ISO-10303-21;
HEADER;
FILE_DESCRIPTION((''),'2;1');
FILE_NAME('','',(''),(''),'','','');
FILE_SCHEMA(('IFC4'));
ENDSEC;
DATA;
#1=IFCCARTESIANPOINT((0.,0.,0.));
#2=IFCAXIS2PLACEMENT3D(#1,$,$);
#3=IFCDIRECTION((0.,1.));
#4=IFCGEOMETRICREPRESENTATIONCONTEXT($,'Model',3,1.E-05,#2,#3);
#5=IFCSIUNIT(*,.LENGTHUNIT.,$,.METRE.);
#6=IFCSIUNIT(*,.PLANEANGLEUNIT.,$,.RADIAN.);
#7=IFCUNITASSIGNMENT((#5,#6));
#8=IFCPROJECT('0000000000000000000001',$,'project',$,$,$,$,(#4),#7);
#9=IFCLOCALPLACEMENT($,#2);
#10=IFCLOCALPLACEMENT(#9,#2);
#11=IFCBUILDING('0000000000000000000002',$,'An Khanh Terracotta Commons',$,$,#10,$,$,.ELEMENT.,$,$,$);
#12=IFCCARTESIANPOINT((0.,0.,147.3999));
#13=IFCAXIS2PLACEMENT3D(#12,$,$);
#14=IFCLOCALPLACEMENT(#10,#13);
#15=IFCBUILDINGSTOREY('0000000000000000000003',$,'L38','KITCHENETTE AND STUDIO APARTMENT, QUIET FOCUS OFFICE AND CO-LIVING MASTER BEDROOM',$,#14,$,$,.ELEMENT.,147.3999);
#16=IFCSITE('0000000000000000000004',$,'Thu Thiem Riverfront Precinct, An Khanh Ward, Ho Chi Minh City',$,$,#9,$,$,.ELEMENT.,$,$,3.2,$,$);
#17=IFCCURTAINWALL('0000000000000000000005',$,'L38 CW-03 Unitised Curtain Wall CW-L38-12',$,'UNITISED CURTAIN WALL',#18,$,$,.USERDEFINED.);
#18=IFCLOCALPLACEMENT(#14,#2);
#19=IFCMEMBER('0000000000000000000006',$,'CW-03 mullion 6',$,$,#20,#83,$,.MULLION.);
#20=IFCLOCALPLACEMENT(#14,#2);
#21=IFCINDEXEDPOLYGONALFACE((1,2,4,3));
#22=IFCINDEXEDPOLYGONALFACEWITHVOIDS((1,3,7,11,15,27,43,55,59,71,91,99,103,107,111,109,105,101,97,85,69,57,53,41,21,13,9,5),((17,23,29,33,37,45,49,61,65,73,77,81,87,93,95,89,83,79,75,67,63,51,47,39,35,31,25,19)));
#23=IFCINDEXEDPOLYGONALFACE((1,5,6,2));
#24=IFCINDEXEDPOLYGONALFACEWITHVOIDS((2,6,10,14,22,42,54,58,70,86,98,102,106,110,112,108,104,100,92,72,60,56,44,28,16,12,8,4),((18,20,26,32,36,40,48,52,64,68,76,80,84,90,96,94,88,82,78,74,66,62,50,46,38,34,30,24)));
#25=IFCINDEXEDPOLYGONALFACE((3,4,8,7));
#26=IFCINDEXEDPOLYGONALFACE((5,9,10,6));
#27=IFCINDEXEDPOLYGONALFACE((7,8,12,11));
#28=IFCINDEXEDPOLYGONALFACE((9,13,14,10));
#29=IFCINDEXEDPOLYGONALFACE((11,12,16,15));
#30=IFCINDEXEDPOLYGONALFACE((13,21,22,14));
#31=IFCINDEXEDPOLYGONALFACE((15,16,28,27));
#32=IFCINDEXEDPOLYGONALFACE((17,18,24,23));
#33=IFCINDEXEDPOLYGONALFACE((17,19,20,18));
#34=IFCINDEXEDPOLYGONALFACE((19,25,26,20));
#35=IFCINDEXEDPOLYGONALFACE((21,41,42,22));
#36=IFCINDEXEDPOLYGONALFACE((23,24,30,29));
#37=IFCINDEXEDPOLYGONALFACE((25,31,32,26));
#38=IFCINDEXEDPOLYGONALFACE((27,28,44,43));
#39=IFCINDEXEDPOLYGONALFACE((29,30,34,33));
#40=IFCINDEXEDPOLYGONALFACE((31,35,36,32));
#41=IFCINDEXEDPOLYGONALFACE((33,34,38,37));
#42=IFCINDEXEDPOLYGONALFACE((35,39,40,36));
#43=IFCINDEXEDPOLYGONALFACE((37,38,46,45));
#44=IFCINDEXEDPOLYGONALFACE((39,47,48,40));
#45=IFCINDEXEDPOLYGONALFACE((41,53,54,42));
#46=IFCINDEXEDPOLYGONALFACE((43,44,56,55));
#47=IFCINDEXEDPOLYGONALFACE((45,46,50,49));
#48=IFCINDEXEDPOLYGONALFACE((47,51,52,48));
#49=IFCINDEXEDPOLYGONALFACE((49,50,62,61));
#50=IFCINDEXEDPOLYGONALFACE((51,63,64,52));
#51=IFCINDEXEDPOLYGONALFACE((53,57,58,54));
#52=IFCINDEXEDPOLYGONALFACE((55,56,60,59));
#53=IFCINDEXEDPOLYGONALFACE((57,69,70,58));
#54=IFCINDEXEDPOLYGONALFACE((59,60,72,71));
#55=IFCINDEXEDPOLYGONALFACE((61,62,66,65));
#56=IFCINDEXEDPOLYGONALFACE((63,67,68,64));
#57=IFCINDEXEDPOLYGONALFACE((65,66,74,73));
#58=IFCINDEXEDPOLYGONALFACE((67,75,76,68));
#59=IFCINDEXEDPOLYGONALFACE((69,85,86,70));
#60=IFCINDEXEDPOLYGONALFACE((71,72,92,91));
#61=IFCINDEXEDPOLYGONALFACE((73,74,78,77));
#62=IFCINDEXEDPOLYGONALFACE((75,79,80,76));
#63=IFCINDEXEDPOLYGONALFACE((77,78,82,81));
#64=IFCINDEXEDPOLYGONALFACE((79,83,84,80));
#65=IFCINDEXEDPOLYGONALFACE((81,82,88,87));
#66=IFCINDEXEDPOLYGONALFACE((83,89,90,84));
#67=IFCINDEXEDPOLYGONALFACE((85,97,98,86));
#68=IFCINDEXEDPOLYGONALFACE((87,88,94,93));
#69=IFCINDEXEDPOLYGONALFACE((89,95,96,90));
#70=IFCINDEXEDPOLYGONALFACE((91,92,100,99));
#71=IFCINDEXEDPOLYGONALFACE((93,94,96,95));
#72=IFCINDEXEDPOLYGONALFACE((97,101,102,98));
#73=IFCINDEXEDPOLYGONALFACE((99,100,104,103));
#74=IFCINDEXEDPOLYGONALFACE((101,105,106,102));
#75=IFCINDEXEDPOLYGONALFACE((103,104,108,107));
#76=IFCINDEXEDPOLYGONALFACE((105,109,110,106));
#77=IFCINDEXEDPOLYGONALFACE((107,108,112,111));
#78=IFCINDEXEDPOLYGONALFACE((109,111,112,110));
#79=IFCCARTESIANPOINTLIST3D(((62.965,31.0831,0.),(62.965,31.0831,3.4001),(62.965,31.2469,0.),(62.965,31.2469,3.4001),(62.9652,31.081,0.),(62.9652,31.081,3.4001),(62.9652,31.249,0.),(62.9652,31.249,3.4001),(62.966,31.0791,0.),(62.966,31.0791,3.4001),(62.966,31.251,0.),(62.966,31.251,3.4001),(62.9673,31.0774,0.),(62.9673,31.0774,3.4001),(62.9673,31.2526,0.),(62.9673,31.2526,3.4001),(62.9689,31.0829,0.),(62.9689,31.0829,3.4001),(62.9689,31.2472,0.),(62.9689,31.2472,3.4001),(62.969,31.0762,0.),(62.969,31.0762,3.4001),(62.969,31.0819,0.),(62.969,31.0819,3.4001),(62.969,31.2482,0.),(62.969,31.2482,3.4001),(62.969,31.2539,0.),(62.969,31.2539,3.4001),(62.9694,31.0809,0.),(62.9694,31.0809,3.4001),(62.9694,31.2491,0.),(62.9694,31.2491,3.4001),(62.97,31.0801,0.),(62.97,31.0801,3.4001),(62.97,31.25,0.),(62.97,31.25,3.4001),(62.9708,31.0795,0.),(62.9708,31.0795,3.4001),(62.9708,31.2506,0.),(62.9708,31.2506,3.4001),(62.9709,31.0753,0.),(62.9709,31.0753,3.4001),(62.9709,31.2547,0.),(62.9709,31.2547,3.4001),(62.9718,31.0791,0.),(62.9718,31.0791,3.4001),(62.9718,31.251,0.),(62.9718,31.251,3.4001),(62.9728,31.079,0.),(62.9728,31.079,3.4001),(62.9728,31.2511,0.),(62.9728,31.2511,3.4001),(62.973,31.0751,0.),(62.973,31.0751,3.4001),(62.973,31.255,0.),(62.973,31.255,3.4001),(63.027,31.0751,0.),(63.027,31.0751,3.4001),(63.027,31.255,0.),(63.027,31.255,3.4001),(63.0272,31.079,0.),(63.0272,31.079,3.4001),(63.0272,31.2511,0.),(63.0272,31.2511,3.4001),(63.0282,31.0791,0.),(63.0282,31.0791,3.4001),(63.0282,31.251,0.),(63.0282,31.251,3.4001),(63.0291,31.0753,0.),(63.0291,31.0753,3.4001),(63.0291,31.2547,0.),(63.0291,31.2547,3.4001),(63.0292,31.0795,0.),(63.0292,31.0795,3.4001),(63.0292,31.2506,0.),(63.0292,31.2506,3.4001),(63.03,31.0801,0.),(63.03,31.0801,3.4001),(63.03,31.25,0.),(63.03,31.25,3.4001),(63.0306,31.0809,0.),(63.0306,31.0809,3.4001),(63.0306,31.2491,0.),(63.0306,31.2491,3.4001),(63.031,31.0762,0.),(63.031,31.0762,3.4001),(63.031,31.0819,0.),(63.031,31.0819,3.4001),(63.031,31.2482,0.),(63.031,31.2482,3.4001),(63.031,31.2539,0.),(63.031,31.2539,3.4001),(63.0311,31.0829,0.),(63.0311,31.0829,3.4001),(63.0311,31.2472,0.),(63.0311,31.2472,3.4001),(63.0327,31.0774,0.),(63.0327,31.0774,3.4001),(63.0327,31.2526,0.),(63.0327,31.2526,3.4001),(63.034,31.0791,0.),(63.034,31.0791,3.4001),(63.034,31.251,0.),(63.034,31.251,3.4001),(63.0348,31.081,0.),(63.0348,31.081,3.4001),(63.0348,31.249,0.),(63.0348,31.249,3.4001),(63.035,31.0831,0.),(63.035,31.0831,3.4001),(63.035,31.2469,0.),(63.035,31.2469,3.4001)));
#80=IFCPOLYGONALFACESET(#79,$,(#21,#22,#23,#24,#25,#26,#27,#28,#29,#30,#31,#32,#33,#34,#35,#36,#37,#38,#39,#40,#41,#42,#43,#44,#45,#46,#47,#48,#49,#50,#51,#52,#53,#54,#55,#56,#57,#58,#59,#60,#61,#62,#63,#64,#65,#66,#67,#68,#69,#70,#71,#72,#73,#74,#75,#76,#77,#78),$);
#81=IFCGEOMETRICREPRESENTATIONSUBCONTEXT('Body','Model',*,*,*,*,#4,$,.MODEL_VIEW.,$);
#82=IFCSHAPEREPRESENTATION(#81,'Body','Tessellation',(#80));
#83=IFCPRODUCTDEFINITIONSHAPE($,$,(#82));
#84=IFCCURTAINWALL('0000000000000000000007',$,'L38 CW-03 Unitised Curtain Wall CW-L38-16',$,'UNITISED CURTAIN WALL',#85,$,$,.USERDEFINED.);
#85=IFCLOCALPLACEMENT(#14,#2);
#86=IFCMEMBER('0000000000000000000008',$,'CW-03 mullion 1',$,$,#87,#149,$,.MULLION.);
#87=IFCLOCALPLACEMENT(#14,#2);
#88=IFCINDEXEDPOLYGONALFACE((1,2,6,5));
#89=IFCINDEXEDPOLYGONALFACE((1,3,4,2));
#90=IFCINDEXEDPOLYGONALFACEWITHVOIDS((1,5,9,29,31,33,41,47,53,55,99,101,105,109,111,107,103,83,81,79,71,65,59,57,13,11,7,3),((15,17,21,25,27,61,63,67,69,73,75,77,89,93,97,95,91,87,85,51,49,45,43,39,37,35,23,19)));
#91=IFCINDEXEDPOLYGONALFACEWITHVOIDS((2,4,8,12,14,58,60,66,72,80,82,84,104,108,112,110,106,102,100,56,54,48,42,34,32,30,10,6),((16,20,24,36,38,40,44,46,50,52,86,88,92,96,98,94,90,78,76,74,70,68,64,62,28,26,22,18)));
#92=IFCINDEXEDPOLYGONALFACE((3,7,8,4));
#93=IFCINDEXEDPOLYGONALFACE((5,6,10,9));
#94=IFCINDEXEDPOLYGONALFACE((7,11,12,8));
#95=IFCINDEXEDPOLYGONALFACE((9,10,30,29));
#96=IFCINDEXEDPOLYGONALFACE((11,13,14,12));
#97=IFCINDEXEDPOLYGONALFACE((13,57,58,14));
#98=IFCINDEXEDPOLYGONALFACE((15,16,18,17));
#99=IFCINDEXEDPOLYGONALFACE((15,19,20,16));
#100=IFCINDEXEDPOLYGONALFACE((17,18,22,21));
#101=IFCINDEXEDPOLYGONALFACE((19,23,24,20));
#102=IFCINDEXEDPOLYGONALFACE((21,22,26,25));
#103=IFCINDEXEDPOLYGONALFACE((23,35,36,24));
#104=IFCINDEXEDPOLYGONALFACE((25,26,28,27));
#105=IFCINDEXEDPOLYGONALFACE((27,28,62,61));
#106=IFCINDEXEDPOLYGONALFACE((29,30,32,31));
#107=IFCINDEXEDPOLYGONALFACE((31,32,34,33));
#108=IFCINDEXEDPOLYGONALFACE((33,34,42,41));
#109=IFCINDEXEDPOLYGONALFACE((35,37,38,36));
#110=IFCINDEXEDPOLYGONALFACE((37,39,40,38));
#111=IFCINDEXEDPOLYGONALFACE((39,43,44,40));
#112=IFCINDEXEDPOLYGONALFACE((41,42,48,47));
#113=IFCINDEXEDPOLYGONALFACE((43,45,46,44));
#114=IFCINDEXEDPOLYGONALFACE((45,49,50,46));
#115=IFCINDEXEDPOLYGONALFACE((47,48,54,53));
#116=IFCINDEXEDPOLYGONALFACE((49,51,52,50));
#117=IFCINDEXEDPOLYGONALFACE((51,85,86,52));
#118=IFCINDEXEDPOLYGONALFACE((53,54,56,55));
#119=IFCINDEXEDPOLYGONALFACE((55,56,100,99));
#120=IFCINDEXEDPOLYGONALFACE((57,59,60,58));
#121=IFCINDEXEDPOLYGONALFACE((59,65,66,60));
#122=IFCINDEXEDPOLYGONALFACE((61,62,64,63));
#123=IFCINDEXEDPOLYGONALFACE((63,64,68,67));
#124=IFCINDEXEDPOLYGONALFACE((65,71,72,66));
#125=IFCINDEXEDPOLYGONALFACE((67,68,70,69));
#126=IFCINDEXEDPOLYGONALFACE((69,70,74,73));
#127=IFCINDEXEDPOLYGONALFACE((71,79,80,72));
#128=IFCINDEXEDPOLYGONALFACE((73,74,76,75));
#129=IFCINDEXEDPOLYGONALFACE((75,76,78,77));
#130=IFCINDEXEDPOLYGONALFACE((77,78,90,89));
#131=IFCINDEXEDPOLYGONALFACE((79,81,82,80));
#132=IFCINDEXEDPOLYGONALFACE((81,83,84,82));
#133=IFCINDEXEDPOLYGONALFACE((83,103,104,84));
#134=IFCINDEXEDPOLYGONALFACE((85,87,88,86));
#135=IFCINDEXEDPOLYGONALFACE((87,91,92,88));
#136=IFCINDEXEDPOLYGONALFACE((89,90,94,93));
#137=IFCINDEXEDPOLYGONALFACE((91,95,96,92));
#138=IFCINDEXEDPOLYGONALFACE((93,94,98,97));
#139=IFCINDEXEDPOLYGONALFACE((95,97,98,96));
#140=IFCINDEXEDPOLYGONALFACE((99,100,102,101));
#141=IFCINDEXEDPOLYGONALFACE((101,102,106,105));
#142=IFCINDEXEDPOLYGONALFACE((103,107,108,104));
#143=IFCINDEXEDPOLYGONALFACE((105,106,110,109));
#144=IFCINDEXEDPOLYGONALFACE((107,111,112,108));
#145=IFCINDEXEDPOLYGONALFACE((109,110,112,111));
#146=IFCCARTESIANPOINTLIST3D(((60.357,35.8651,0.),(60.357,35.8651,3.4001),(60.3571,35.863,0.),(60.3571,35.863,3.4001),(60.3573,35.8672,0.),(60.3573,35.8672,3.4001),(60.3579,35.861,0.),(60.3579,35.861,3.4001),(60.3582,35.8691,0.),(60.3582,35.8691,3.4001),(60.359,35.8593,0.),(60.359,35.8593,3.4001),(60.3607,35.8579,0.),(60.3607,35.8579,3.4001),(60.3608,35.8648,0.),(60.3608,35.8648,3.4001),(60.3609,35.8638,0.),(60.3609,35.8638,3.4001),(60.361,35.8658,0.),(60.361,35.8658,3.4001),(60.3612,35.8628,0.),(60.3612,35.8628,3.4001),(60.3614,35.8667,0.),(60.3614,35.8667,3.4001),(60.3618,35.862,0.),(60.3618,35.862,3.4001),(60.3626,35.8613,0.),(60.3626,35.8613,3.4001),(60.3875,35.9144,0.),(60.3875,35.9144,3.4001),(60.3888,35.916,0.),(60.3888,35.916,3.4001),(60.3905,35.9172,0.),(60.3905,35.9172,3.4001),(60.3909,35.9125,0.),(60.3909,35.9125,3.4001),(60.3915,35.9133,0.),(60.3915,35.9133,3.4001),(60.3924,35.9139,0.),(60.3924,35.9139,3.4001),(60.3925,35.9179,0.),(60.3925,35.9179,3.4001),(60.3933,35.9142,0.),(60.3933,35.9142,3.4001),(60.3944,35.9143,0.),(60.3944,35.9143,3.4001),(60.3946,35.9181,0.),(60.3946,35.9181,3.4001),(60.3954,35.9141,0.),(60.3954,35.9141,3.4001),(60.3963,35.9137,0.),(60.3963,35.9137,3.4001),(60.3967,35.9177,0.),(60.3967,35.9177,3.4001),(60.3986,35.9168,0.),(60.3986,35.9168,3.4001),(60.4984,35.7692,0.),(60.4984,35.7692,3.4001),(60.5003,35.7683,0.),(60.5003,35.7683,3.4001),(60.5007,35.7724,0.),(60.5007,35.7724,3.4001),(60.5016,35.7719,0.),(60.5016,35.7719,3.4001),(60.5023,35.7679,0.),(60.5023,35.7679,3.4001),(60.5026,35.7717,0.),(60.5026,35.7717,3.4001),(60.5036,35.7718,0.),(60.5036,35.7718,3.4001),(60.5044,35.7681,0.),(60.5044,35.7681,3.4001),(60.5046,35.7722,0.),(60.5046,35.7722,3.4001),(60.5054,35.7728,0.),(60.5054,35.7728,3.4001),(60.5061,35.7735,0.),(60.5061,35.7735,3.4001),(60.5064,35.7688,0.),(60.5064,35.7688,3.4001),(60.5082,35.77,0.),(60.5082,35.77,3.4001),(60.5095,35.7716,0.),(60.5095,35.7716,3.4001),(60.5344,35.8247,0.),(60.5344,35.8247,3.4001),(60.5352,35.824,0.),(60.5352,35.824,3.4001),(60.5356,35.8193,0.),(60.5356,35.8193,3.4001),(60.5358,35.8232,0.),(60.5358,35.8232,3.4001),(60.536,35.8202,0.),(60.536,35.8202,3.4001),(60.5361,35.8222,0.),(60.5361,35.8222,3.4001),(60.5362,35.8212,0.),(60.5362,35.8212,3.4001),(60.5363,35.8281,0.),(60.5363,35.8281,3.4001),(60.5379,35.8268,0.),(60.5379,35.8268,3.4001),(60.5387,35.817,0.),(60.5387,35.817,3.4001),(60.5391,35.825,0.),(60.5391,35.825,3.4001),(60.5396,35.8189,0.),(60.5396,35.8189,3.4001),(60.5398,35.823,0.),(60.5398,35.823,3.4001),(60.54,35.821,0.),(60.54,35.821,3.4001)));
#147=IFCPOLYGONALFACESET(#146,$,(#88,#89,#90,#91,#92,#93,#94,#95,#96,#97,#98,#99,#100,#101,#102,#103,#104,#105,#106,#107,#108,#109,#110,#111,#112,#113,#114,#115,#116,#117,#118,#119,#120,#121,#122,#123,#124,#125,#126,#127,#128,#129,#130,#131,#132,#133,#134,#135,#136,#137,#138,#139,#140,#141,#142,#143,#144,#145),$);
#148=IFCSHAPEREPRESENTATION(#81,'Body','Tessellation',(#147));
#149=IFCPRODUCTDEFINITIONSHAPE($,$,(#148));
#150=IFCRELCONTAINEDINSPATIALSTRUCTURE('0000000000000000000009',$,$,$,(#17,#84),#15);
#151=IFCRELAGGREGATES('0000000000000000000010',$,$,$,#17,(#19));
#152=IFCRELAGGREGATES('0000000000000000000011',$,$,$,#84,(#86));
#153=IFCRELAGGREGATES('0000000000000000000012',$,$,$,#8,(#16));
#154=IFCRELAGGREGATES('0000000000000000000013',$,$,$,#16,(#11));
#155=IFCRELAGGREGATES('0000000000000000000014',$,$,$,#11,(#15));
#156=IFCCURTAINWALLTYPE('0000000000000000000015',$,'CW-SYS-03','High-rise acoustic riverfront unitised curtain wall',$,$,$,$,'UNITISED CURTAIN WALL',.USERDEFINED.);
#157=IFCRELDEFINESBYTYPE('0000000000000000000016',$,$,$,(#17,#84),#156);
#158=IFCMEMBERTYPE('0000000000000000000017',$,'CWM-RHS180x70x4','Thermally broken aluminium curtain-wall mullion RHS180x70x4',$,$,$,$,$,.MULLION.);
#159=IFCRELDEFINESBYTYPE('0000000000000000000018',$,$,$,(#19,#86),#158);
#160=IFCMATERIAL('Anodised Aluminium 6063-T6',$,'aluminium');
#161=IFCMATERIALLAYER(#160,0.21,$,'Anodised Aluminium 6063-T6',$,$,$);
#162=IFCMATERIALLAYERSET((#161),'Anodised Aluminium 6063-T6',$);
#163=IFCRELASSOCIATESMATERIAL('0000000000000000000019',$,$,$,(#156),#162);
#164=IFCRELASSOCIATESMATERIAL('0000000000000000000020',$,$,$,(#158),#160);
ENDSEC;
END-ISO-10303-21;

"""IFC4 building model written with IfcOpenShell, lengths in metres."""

from ifc_helpers import new_model, si_unit, direction, frame, origin, origin_2d, place, context, subcontext, project, spatial, hollow_rectangle, extrude, material, layer, layer_set, material_profile, profile_set, type_object, element, aggregate, save


model = new_model("IFC4")

# Units and contexts
model_context = context("Model", 3, precision=1e-05, world=origin(), true_north=direction((0.0, 1.0)))
body_context = subcontext(model_context, "Body", "Model", "MODEL_VIEW")
ifc_project = project(units=[si_unit("LENGTHUNIT", "METRE"), si_unit("PLANEANGLEUNIT", "RADIAN")], contexts=[model_context])

# Site, building, storey
site_placement = place(None, origin())
site = spatial("IfcSite", under=ifc_project, at=site_placement, Name="Thu Thiem Riverfront Precinct, An Khanh Ward, Ho Chi Minh City", CompositionType="ELEMENT", RefElevation=3.2)
building_placement = place(site_placement, origin())
building = spatial("IfcBuilding", under=site, at=building_placement, Name="An Khanh Terracotta Commons", CompositionType="ELEMENT")
storey_placement = place(building_placement, frame((0.0, 0.0, 147.3999)))
storey = spatial("IfcBuildingStorey", under=building, at=storey_placement, Name="L38", Description="KITCHENETTE AND STUDIO APARTMENT, QUIET FOCUS OFFICE AND CO-LIVING MASTER BEDROOM", CompositionType="ELEMENT", Elevation=147.3999)

# Curtain walls, members
ifc_material_1 = material(Name="Anodised Aluminium 6063-T6", Category="aluminium")
ifc_layer_1 = layer(ifc_material_1, 0.21, Name="Anodised Aluminium 6063-T6")
ifc_layer_set_1 = layer_set([ifc_layer_1], Name="Anodised Aluminium 6063-T6")
curtain_wall_type = type_object("IfcCurtainWallType", Name="CW-SYS-03", Description="High-rise acoustic riverfront unitised curtain wall", ElementType="UNITISED CURTAIN WALL", PredefinedType="USERDEFINED", material=ifc_layer_set_1)
curtain_wall_1_placement = place(storey_placement, origin())
curtain_wall_1 = element("IfcCurtainWall", 1, at=curtain_wall_1_placement, inside=storey, type_object=curtain_wall_type, Name="L38 CW-03 Unitised Curtain Wall CW-L38-12", ObjectType="UNITISED CURTAIN WALL", PredefinedType="USERDEFINED")
ifc_material_profile_1 = material_profile(ifc_material_1, hollow_rectangle(XDim=0.0701, YDim=0.1799, WallThickness=0.0039, InnerFilletRadius=0.0039, OuterFilletRadius=0.0081, at=origin_2d()), Name="RHS180x70x4")
ifc_profile_set_1 = profile_set([ifc_material_profile_1], Name="Anodised Aluminium 6063-T6")
member_type_1 = type_object("IfcMemberType", Name="CWM-RHS180x70x4", Description="Thermally broken aluminium curtain-wall mullion RHS180x70x4", PredefinedType="MULLION", material=ifc_profile_set_1)
member_1_placement = place(storey_placement, frame((63.0, 31.165, 0.0), z_axis=(0.0, 0.0, 1.0), x_axis=(-1.0, 0.0, 0.0)))
member_1 = element("IfcMember", 2, at=member_1_placement, type_object=member_type_1, Name="CW-03 mullion 6", PredefinedType="MULLION", context=body_context, shape_type="SweptSolid", body=[
    extrude(hollow_rectangle(XDim=0.0701, YDim=0.1799, WallThickness=0.0039, InnerFilletRadius=0.0039, OuterFilletRadius=0.0081, at=origin_2d()), origin(), (0.0, 0.0, 1.0), 3.4001),
])
curtain_wall_2_placement = place(storey_placement, origin())
curtain_wall_2 = element("IfcCurtainWall", 3, at=curtain_wall_2_placement, inside=storey, type_object=curtain_wall_type, Name="L38 CW-03 Unitised Curtain Wall CW-L38-16", ObjectType="UNITISED CURTAIN WALL", PredefinedType="USERDEFINED")
member_2_placement = place(storey_placement, frame((60.4485, 35.843, 0.0), z_axis=(0.0, 0.0, 1.0), x_axis=(-0.541498, -0.840702, 0.0)))
member_2 = element("IfcMember", 4, at=member_2_placement, type_object=member_type_1, Name="CW-03 mullion 1", PredefinedType="MULLION", context=body_context, shape_type="SweptSolid", body=[
    extrude(hollow_rectangle(XDim=0.0701, YDim=0.1799, WallThickness=0.0039, InnerFilletRadius=0.0039, OuterFilletRadius=0.0081, at=origin_2d()), origin(), (0.0, 0.0, 1.0), 3.4001),
])

aggregate(curtain_wall_1, [member_1])
aggregate(curtain_wall_2, [member_2])

save(model, "model.ifc")
